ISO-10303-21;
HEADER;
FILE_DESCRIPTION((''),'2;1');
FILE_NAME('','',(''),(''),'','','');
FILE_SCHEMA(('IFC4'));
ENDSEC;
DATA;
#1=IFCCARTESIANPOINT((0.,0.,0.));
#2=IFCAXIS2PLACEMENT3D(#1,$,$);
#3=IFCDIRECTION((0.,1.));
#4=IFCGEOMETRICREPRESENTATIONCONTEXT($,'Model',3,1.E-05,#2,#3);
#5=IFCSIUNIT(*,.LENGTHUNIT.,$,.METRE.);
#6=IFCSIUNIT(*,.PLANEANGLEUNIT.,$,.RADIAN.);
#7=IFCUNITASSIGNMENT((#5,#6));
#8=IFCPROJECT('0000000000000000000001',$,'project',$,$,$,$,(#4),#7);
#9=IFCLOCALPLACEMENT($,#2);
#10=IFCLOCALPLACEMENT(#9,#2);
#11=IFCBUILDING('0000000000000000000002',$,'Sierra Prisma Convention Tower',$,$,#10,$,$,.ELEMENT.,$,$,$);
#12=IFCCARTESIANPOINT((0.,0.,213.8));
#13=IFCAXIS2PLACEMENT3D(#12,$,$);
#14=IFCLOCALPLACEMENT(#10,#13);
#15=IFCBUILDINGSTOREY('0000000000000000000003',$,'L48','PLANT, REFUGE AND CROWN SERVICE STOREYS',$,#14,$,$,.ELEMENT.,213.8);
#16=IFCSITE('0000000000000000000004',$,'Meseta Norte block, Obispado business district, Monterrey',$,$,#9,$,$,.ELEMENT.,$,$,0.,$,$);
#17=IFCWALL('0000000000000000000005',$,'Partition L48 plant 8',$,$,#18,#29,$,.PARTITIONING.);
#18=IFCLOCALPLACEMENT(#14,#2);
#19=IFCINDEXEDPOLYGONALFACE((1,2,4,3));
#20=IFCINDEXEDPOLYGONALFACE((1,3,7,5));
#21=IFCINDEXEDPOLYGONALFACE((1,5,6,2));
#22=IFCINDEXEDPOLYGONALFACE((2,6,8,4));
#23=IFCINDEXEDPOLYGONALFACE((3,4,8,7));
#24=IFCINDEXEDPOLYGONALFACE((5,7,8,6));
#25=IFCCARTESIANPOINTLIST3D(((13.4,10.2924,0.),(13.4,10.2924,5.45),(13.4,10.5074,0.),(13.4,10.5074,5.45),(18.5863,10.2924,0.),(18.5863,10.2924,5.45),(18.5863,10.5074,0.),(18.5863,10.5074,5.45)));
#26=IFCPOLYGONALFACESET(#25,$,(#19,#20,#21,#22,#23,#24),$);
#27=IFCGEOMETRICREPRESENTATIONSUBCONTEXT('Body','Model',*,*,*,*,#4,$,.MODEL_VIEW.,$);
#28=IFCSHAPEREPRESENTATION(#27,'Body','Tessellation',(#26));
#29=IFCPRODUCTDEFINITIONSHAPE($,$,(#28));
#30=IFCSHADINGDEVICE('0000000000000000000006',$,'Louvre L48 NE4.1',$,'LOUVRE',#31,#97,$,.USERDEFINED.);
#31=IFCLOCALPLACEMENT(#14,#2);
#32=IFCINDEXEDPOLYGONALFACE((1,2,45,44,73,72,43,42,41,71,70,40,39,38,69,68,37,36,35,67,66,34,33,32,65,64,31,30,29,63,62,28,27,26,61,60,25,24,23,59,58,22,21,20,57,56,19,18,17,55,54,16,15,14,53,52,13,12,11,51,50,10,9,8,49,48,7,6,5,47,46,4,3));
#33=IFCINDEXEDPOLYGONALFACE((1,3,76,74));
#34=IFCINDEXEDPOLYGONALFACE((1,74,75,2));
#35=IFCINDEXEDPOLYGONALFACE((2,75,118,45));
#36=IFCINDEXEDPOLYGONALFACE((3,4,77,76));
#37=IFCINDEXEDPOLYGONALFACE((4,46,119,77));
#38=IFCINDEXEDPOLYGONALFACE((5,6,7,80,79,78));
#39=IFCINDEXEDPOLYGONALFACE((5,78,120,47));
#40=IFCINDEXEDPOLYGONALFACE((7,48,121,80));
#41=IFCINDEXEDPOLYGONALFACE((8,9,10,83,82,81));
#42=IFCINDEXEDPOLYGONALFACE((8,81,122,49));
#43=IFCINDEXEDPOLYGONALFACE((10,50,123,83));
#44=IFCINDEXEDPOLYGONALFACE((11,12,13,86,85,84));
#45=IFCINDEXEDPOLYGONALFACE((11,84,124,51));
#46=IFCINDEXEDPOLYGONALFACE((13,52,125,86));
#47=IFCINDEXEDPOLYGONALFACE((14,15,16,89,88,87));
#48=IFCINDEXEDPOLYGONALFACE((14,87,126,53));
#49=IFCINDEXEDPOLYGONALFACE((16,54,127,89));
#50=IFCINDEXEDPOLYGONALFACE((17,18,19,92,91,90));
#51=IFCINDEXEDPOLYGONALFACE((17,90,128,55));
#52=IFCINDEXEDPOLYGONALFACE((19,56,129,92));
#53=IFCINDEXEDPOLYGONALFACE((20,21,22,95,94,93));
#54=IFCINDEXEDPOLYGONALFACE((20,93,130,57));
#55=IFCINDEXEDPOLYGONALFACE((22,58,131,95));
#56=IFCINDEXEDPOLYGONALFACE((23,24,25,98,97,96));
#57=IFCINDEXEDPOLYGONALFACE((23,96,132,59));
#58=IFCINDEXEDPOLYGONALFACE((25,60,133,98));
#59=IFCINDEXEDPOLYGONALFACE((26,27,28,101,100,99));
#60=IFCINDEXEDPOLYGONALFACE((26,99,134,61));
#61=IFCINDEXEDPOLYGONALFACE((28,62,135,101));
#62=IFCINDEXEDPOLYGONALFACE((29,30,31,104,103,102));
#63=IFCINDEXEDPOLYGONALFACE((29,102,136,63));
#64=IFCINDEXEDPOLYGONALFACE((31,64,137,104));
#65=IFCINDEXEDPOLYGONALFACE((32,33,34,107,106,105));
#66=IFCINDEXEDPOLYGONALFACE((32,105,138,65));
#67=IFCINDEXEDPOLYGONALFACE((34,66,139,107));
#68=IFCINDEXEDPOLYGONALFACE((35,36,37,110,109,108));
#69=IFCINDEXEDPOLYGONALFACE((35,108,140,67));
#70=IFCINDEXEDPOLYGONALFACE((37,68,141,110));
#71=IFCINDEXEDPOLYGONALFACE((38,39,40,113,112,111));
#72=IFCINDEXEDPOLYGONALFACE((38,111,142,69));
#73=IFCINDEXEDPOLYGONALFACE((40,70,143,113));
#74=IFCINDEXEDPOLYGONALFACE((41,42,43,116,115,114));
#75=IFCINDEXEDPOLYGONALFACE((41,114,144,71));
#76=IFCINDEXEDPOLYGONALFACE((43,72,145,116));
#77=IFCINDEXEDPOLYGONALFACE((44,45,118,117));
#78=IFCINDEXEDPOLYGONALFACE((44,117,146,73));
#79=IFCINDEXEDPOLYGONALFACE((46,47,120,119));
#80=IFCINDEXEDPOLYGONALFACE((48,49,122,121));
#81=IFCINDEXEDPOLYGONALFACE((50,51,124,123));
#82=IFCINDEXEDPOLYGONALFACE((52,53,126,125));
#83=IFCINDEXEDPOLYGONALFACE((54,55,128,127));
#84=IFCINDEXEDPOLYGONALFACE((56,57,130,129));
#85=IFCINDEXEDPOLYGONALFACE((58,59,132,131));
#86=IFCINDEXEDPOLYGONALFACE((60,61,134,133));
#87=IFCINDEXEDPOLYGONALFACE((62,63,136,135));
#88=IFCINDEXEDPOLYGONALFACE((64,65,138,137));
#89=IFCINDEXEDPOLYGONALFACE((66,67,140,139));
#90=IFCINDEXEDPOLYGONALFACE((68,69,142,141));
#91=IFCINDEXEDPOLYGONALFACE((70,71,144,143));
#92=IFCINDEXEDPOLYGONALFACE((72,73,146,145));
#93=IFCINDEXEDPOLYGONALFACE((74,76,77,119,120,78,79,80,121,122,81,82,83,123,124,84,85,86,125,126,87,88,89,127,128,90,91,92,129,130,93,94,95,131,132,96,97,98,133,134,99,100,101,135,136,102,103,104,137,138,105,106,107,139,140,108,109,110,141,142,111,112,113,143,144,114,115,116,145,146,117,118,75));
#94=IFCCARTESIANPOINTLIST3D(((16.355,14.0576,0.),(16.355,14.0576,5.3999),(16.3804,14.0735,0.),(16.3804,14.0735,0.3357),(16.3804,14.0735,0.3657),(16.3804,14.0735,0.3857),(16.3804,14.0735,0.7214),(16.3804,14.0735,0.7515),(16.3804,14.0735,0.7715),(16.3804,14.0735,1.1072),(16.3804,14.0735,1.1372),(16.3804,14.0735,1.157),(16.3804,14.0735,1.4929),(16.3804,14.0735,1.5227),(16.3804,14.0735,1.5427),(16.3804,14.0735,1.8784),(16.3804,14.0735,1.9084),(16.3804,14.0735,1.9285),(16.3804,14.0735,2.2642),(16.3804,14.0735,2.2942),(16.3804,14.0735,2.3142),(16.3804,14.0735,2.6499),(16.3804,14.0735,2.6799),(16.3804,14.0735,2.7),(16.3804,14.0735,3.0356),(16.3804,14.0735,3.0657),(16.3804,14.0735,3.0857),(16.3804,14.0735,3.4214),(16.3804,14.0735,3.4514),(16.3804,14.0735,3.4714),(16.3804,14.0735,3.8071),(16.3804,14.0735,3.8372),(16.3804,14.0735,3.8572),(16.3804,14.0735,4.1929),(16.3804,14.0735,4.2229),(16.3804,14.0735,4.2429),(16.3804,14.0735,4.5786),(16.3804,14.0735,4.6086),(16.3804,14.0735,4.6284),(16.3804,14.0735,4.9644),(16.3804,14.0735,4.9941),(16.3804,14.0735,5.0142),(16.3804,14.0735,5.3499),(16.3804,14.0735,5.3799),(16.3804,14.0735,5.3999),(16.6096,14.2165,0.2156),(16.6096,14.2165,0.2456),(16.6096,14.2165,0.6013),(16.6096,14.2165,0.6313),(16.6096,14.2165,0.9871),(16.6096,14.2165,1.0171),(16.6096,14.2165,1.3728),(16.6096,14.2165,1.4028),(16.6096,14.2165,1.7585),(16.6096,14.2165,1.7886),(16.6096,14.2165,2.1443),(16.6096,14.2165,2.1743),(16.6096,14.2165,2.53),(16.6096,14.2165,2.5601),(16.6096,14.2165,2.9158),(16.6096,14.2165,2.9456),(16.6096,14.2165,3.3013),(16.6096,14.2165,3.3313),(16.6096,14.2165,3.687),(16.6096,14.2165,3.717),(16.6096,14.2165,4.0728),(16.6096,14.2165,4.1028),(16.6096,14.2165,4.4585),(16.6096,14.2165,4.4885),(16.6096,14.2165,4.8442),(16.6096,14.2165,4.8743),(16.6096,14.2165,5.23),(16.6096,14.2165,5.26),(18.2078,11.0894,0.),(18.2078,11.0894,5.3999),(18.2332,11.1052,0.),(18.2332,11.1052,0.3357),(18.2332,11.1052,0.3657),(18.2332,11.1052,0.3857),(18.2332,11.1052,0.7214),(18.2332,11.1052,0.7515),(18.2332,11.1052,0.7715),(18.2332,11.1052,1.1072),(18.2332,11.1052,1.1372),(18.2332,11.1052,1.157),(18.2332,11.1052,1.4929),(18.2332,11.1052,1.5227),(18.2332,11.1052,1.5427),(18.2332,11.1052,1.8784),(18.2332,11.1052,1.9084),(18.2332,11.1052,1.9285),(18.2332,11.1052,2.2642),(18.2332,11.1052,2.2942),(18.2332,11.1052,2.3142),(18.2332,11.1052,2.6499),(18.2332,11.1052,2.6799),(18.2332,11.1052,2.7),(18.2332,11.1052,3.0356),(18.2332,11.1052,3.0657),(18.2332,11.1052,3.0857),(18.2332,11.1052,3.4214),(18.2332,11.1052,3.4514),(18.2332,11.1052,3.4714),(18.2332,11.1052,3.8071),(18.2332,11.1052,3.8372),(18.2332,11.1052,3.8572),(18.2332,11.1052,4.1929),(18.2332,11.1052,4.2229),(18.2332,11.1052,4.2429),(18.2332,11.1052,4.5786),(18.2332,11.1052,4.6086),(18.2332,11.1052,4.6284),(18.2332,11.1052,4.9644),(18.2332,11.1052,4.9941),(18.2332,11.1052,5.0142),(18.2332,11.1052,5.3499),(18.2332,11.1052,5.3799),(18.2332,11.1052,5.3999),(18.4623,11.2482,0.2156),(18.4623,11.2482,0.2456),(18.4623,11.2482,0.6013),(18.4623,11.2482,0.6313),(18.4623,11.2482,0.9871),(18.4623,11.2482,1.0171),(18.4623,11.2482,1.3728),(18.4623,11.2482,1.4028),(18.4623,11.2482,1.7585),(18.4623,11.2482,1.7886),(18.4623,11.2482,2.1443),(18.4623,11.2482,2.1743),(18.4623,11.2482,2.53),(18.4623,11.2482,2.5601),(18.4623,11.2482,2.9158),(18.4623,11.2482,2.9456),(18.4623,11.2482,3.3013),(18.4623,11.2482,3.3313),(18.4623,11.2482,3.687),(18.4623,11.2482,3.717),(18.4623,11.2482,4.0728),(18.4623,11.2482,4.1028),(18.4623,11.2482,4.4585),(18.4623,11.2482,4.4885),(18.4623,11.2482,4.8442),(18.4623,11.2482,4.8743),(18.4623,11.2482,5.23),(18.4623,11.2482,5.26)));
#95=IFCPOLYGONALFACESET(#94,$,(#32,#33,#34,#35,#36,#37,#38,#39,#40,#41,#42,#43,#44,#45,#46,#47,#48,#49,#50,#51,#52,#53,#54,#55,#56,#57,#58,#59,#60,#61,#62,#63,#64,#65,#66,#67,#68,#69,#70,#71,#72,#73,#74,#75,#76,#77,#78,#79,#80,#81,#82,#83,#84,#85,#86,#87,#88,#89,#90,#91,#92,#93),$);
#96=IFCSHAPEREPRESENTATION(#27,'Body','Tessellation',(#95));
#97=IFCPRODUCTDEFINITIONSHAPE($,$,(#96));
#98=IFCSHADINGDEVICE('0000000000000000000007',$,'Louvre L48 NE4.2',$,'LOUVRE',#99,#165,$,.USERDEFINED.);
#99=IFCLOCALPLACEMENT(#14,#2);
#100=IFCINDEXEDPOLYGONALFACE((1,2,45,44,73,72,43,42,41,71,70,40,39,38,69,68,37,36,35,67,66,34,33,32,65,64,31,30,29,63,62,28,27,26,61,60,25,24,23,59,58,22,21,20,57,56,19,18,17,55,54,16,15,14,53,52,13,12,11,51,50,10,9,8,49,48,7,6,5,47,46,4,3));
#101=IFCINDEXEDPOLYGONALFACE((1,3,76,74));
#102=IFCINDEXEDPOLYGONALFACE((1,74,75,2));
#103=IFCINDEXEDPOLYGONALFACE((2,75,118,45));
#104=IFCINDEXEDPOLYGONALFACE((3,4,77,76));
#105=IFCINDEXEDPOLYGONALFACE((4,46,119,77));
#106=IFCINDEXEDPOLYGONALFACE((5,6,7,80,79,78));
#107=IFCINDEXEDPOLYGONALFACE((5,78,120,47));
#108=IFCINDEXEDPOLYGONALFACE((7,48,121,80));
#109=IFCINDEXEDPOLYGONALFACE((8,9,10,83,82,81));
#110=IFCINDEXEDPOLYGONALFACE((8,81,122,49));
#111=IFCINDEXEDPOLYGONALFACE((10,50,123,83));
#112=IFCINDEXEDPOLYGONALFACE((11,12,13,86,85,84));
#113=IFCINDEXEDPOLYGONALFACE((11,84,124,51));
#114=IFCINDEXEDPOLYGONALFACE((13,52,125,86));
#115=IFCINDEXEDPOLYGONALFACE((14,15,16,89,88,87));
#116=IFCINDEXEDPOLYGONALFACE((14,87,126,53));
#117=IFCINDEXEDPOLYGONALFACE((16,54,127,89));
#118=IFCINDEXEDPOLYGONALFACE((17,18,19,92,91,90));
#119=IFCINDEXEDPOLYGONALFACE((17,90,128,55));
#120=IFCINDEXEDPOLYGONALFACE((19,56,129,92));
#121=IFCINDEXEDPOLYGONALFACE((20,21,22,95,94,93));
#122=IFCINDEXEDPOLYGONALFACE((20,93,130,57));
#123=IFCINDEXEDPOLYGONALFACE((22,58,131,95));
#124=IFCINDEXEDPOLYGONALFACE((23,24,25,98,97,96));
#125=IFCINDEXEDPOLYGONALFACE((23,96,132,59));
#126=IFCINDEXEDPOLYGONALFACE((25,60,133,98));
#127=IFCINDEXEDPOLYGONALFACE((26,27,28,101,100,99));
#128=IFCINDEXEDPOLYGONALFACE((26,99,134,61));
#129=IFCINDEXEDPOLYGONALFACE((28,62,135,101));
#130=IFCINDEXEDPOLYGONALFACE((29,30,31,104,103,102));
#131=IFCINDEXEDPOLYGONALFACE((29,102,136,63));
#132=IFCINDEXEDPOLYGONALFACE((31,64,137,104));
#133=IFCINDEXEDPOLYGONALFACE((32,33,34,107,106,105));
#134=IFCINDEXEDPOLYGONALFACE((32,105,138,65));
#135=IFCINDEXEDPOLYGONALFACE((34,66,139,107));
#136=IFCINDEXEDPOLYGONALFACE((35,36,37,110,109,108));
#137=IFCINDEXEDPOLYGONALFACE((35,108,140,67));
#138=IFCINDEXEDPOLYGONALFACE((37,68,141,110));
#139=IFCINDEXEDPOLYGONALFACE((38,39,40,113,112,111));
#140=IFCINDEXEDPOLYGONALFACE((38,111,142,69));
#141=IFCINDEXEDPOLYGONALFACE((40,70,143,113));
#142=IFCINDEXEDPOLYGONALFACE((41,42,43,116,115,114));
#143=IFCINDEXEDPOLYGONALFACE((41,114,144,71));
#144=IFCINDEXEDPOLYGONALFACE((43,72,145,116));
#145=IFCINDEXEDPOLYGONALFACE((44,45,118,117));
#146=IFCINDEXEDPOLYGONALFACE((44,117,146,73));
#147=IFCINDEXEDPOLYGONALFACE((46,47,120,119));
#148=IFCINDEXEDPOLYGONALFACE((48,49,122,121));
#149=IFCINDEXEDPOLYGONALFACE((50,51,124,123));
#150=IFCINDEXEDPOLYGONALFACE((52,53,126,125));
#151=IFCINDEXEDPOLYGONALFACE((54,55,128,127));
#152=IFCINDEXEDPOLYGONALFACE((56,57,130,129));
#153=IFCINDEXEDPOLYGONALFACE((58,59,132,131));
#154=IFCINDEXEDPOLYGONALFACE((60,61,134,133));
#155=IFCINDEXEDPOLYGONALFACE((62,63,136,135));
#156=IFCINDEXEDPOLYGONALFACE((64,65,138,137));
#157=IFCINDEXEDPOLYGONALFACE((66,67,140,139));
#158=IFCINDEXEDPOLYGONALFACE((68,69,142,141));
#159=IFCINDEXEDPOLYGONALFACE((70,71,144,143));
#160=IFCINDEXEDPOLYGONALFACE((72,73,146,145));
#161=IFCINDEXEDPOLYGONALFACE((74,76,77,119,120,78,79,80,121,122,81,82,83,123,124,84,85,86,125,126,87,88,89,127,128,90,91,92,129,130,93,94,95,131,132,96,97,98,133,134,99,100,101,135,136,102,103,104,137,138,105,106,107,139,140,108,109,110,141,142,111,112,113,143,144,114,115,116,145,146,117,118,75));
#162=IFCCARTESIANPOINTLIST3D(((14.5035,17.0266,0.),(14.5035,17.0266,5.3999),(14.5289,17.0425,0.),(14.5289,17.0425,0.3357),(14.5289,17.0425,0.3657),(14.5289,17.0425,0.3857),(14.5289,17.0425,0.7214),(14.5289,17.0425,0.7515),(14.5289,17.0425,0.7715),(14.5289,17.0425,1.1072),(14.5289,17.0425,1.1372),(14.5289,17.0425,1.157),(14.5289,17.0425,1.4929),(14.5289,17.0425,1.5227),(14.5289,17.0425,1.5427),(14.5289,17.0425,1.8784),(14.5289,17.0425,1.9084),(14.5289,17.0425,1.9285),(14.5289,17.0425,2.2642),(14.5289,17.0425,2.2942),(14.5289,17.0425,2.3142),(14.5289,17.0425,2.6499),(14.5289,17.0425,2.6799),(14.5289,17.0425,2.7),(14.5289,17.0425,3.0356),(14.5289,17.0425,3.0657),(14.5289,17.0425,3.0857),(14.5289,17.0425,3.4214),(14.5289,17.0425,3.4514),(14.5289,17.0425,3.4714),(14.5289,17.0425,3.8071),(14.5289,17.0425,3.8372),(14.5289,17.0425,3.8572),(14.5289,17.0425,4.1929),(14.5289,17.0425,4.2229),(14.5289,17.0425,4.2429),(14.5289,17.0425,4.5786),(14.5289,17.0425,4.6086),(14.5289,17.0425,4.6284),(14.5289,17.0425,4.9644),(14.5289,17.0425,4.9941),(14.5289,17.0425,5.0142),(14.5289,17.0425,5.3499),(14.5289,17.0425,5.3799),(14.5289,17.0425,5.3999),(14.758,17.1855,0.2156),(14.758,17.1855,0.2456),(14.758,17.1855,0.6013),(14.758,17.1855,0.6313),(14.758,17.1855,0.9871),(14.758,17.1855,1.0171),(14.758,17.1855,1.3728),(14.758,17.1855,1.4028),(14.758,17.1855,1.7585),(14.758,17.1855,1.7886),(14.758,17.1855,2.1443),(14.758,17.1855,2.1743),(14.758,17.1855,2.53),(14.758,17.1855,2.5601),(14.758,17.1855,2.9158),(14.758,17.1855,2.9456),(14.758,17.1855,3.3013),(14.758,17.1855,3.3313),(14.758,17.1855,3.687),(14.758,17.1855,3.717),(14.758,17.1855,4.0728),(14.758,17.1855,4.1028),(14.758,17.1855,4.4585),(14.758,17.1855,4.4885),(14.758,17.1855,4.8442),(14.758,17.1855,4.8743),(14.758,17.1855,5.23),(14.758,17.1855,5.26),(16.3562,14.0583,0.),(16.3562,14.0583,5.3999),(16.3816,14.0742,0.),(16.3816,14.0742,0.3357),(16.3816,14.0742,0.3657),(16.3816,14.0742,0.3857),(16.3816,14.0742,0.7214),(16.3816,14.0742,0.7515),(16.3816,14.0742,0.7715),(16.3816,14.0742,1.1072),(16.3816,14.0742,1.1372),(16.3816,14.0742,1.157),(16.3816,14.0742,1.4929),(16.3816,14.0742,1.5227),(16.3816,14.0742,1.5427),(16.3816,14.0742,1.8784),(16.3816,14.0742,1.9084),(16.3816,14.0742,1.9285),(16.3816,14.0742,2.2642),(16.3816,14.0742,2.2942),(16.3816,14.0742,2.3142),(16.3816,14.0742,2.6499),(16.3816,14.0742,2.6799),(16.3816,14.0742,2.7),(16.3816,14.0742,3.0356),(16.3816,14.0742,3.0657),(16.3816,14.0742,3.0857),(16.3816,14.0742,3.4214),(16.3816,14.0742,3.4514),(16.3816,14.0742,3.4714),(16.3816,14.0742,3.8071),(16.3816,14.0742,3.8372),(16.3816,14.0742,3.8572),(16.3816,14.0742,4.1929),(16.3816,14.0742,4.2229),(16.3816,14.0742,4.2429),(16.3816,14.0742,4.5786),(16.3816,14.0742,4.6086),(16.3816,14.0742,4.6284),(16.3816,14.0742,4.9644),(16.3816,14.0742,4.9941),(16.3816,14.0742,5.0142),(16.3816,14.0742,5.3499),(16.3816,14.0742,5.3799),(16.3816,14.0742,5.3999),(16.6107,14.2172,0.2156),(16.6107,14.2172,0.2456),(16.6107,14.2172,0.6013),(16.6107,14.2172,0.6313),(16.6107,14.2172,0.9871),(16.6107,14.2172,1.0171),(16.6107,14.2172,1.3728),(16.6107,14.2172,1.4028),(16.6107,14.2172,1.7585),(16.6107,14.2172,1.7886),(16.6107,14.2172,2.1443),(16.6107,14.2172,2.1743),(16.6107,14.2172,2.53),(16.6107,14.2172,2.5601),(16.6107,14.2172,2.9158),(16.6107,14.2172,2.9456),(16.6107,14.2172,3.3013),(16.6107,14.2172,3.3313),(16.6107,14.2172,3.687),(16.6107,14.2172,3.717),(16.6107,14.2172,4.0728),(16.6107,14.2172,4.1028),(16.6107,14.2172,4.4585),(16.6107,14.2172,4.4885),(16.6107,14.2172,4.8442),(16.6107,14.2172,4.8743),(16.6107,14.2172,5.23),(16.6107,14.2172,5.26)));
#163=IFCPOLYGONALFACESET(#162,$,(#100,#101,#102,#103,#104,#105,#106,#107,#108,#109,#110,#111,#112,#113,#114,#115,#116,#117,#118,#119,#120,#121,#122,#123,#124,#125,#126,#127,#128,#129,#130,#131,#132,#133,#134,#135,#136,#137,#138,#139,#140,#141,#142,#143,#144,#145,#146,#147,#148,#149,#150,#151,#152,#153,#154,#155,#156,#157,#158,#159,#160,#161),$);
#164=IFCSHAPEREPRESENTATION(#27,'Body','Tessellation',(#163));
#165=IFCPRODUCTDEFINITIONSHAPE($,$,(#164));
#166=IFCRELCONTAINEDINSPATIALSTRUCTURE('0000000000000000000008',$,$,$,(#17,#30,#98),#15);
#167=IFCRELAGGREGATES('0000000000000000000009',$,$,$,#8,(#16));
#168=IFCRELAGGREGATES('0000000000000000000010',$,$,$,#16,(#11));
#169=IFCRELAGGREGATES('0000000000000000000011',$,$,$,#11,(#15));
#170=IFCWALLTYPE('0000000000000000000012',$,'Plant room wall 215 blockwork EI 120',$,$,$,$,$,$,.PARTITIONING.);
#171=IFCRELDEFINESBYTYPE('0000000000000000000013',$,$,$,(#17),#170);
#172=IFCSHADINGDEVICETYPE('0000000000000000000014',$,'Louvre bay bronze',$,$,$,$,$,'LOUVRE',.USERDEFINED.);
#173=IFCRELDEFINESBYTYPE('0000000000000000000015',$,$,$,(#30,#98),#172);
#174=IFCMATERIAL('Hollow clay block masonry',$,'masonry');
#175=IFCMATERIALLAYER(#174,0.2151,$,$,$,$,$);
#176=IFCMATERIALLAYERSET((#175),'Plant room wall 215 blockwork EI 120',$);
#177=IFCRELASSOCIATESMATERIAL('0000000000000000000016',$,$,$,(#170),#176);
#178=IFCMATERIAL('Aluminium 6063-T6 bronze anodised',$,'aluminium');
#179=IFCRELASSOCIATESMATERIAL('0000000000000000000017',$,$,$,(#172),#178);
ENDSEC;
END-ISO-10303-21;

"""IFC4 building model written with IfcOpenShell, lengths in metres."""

from ifc_helpers import new_model, si_unit, direction, frame, frame_2d, origin, place, context, subcontext, project, spatial, polyline, rectangle, outline, extrude, material, layer, layer_set, type_object, element, save


model = new_model("IFC4")

# Units and contexts
model_context = context("Model", 3, precision=1e-05, world=origin(), true_north=direction((0.0, 1.0)))
body_context = subcontext(model_context, "Body", "Model", "MODEL_VIEW")
ifc_project = project(units=[si_unit("LENGTHUNIT", "METRE"), si_unit("PLANEANGLEUNIT", "RADIAN")], contexts=[model_context])

# Site, building, storey
site_placement = place(None, origin())
site = spatial("IfcSite", under=ifc_project, at=site_placement, Name="Meseta Norte block, Obispado business district, Monterrey", CompositionType="ELEMENT", RefElevation=0.0)
building_placement = place(site_placement, origin())
building = spatial("IfcBuilding", under=site, at=building_placement, Name="Sierra Prisma Convention Tower", CompositionType="ELEMENT")
storey_placement = place(building_placement, frame((0.0, 0.0, 213.8)))
storey = spatial("IfcBuildingStorey", under=building, at=storey_placement, Name="L48", Description="PLANT, REFUGE AND CROWN SERVICE STOREYS", CompositionType="ELEMENT", Elevation=213.8)

# Wall
ifc_material_1 = material(Name="Hollow clay block masonry", Category="masonry")
ifc_layer_1 = layer(ifc_material_1, 0.2151)
ifc_layer_set_1 = layer_set([ifc_layer_1], Name="Plant room wall 215 blockwork EI 120")
wall_type_1 = type_object("IfcWallType", Name="Plant room wall 215 blockwork EI 120", PredefinedType="PARTITIONING", material=ifc_layer_set_1)
wall_1_placement = place(storey_placement, frame((13.3999, 10.3999, 0.0), z_axis=(0.0, 0.0, 1.0), x_axis=(1.0, 0.0, 0.0)))
element("IfcWall", 1, at=wall_1_placement, inside=storey, type_object=wall_type_1, Name="Partition L48 plant 8", PredefinedType="PARTITIONING", context=body_context, shape_type="SweptSolid", body=[
    extrude(rectangle(XDim=5.1863, YDim=0.2151, at=frame_2d((2.5933, 0.0))), origin(), (0.0, 0.0, 1.0), 5.45),
])

# Shading devices
ifc_material_2 = material(Name="Aluminium 6063-T6 bronze anodised", Category="aluminium")
shading_device_type = type_object("IfcShadingDeviceType", Name="Louvre bay bronze", ElementType="LOUVRE", PredefinedType="USERDEFINED", material=ifc_material_2)
shading_device_1_placement = place(storey_placement, frame((18.2078, 11.0894, 0.0), z_axis=(0.529496, -0.848312, 0.0), x_axis=(0.0, 0.0, 1.0)))
element("IfcShadingDevice", 2, at=shading_device_1_placement, inside=storey, type_object=shading_device_type, Name="Louvre L48 NE4.1", ObjectType="LOUVRE", PredefinedType="USERDEFINED", context=body_context, shape_type="SweptSolid", body=[
    extrude(outline(polyline([(0.0, 0.0), (5.3999, 0.0), (5.3999, -0.0299), (5.3799, -0.0299), (5.26, -0.3), (5.23, -0.3), (5.3499, -0.0299), (5.0142, -0.0299), (4.9941, -0.0299), (4.8743, -0.3), (4.8442, -0.3), (4.9644, -0.0299), (4.6284, -0.0299), (4.6086, -0.0299), (4.4885, -0.3), (4.4585, -0.3), (4.5786, -0.0299), (4.2429, -0.0299), (4.2229, -0.0299), (4.1028, -0.3), (4.0728, -0.3), (4.1929, -0.0299), (3.8572, -0.0299), (3.8372, -0.0299), (3.717, -0.3), (3.687, -0.3), (3.8071, -0.0299), (3.4714, -0.0299), (3.4514, -0.0299), (3.3313, -0.3), (3.3013, -0.3), (3.4214, -0.0299), (3.0857, -0.0299), (3.0657, -0.0299), (2.9456, -0.3), (2.9158, -0.3), (3.0356, -0.0299), (2.7, -0.0299), (2.6799, -0.0299), (2.5601, -0.3), (2.53, -0.3), (2.6499, -0.0299), (2.3142, -0.0299), (2.2942, -0.0299), (2.1743, -0.3), (2.1443, -0.3), (2.2642, -0.0299), (1.9285, -0.0299), (1.9084, -0.0299), (1.7886, -0.3), (1.7585, -0.3), (1.8784, -0.0299), (1.5427, -0.0299), (1.5227, -0.0299), (1.4028, -0.3), (1.3728, -0.3), (1.4929, -0.0299), (1.157, -0.0299), (1.1372, -0.0299), (1.0171, -0.3), (0.9871, -0.3), (1.1072, -0.0299), (0.7715, -0.0299), (0.7515, -0.0299), (0.6313, -0.3), (0.6013, -0.3), (0.7214, -0.0299), (0.3857, -0.0299), (0.3657, -0.0299), (0.2456, -0.3), (0.2156, -0.3), (0.3357, -0.0299), (0.0, -0.0299), (0.0, 0.0)])), origin(), (0.0, 0.0, -1.0), 3.499),
])
shading_device_2_placement = place(storey_placement, frame((16.3562, 14.0583, 0.0), z_axis=(0.529496, -0.848312, 0.0), x_axis=(0.0, 0.0, 1.0)))
element("IfcShadingDevice", 3, at=shading_device_2_placement, inside=storey, type_object=shading_device_type, Name="Louvre L48 NE4.2", ObjectType="LOUVRE", PredefinedType="USERDEFINED", context=body_context, shape_type="SweptSolid", body=[
    extrude(outline(polyline([(0.0, 0.0), (5.3999, 0.0), (5.3999, -0.0299), (5.3799, -0.0299), (5.26, -0.3), (5.23, -0.3), (5.3499, -0.0299), (5.0142, -0.0299), (4.9941, -0.0299), (4.8743, -0.3), (4.8442, -0.3), (4.9644, -0.0299), (4.6284, -0.0299), (4.6086, -0.0299), (4.4885, -0.3), (4.4585, -0.3), (4.5786, -0.0299), (4.2429, -0.0299), (4.2229, -0.0299), (4.1028, -0.3), (4.0728, -0.3), (4.1929, -0.0299), (3.8572, -0.0299), (3.8372, -0.0299), (3.717, -0.3), (3.687, -0.3), (3.8071, -0.0299), (3.4714, -0.0299), (3.4514, -0.0299), (3.3313, -0.3), (3.3013, -0.3), (3.4214, -0.0299), (3.0857, -0.0299), (3.0657, -0.0299), (2.9456, -0.3), (2.9158, -0.3), (3.0356, -0.0299), (2.7, -0.0299), (2.6799, -0.0299), (2.5601, -0.3), (2.53, -0.3), (2.6499, -0.0299), (2.3142, -0.0299), (2.2942, -0.0299), (2.1743, -0.3), (2.1443, -0.3), (2.2642, -0.0299), (1.9285, -0.0299), (1.9084, -0.0299), (1.7886, -0.3), (1.7585, -0.3), (1.8784, -0.0299), (1.5427, -0.0299), (1.5227, -0.0299), (1.4028, -0.3), (1.3728, -0.3), (1.4929, -0.0299), (1.157, -0.0299), (1.1372, -0.0299), (1.0171, -0.3), (0.9871, -0.3), (1.1072, -0.0299), (0.7715, -0.0299), (0.7515, -0.0299), (0.6313, -0.3), (0.6013, -0.3), (0.7214, -0.0299), (0.3857, -0.0299), (0.3657, -0.0299), (0.2456, -0.3), (0.2156, -0.3), (0.3357, -0.0299), (0.0, -0.0299), (0.0, 0.0)])), origin(), (0.0, 0.0, -1.0), 3.499),
])

save(model, "model.ifc")
